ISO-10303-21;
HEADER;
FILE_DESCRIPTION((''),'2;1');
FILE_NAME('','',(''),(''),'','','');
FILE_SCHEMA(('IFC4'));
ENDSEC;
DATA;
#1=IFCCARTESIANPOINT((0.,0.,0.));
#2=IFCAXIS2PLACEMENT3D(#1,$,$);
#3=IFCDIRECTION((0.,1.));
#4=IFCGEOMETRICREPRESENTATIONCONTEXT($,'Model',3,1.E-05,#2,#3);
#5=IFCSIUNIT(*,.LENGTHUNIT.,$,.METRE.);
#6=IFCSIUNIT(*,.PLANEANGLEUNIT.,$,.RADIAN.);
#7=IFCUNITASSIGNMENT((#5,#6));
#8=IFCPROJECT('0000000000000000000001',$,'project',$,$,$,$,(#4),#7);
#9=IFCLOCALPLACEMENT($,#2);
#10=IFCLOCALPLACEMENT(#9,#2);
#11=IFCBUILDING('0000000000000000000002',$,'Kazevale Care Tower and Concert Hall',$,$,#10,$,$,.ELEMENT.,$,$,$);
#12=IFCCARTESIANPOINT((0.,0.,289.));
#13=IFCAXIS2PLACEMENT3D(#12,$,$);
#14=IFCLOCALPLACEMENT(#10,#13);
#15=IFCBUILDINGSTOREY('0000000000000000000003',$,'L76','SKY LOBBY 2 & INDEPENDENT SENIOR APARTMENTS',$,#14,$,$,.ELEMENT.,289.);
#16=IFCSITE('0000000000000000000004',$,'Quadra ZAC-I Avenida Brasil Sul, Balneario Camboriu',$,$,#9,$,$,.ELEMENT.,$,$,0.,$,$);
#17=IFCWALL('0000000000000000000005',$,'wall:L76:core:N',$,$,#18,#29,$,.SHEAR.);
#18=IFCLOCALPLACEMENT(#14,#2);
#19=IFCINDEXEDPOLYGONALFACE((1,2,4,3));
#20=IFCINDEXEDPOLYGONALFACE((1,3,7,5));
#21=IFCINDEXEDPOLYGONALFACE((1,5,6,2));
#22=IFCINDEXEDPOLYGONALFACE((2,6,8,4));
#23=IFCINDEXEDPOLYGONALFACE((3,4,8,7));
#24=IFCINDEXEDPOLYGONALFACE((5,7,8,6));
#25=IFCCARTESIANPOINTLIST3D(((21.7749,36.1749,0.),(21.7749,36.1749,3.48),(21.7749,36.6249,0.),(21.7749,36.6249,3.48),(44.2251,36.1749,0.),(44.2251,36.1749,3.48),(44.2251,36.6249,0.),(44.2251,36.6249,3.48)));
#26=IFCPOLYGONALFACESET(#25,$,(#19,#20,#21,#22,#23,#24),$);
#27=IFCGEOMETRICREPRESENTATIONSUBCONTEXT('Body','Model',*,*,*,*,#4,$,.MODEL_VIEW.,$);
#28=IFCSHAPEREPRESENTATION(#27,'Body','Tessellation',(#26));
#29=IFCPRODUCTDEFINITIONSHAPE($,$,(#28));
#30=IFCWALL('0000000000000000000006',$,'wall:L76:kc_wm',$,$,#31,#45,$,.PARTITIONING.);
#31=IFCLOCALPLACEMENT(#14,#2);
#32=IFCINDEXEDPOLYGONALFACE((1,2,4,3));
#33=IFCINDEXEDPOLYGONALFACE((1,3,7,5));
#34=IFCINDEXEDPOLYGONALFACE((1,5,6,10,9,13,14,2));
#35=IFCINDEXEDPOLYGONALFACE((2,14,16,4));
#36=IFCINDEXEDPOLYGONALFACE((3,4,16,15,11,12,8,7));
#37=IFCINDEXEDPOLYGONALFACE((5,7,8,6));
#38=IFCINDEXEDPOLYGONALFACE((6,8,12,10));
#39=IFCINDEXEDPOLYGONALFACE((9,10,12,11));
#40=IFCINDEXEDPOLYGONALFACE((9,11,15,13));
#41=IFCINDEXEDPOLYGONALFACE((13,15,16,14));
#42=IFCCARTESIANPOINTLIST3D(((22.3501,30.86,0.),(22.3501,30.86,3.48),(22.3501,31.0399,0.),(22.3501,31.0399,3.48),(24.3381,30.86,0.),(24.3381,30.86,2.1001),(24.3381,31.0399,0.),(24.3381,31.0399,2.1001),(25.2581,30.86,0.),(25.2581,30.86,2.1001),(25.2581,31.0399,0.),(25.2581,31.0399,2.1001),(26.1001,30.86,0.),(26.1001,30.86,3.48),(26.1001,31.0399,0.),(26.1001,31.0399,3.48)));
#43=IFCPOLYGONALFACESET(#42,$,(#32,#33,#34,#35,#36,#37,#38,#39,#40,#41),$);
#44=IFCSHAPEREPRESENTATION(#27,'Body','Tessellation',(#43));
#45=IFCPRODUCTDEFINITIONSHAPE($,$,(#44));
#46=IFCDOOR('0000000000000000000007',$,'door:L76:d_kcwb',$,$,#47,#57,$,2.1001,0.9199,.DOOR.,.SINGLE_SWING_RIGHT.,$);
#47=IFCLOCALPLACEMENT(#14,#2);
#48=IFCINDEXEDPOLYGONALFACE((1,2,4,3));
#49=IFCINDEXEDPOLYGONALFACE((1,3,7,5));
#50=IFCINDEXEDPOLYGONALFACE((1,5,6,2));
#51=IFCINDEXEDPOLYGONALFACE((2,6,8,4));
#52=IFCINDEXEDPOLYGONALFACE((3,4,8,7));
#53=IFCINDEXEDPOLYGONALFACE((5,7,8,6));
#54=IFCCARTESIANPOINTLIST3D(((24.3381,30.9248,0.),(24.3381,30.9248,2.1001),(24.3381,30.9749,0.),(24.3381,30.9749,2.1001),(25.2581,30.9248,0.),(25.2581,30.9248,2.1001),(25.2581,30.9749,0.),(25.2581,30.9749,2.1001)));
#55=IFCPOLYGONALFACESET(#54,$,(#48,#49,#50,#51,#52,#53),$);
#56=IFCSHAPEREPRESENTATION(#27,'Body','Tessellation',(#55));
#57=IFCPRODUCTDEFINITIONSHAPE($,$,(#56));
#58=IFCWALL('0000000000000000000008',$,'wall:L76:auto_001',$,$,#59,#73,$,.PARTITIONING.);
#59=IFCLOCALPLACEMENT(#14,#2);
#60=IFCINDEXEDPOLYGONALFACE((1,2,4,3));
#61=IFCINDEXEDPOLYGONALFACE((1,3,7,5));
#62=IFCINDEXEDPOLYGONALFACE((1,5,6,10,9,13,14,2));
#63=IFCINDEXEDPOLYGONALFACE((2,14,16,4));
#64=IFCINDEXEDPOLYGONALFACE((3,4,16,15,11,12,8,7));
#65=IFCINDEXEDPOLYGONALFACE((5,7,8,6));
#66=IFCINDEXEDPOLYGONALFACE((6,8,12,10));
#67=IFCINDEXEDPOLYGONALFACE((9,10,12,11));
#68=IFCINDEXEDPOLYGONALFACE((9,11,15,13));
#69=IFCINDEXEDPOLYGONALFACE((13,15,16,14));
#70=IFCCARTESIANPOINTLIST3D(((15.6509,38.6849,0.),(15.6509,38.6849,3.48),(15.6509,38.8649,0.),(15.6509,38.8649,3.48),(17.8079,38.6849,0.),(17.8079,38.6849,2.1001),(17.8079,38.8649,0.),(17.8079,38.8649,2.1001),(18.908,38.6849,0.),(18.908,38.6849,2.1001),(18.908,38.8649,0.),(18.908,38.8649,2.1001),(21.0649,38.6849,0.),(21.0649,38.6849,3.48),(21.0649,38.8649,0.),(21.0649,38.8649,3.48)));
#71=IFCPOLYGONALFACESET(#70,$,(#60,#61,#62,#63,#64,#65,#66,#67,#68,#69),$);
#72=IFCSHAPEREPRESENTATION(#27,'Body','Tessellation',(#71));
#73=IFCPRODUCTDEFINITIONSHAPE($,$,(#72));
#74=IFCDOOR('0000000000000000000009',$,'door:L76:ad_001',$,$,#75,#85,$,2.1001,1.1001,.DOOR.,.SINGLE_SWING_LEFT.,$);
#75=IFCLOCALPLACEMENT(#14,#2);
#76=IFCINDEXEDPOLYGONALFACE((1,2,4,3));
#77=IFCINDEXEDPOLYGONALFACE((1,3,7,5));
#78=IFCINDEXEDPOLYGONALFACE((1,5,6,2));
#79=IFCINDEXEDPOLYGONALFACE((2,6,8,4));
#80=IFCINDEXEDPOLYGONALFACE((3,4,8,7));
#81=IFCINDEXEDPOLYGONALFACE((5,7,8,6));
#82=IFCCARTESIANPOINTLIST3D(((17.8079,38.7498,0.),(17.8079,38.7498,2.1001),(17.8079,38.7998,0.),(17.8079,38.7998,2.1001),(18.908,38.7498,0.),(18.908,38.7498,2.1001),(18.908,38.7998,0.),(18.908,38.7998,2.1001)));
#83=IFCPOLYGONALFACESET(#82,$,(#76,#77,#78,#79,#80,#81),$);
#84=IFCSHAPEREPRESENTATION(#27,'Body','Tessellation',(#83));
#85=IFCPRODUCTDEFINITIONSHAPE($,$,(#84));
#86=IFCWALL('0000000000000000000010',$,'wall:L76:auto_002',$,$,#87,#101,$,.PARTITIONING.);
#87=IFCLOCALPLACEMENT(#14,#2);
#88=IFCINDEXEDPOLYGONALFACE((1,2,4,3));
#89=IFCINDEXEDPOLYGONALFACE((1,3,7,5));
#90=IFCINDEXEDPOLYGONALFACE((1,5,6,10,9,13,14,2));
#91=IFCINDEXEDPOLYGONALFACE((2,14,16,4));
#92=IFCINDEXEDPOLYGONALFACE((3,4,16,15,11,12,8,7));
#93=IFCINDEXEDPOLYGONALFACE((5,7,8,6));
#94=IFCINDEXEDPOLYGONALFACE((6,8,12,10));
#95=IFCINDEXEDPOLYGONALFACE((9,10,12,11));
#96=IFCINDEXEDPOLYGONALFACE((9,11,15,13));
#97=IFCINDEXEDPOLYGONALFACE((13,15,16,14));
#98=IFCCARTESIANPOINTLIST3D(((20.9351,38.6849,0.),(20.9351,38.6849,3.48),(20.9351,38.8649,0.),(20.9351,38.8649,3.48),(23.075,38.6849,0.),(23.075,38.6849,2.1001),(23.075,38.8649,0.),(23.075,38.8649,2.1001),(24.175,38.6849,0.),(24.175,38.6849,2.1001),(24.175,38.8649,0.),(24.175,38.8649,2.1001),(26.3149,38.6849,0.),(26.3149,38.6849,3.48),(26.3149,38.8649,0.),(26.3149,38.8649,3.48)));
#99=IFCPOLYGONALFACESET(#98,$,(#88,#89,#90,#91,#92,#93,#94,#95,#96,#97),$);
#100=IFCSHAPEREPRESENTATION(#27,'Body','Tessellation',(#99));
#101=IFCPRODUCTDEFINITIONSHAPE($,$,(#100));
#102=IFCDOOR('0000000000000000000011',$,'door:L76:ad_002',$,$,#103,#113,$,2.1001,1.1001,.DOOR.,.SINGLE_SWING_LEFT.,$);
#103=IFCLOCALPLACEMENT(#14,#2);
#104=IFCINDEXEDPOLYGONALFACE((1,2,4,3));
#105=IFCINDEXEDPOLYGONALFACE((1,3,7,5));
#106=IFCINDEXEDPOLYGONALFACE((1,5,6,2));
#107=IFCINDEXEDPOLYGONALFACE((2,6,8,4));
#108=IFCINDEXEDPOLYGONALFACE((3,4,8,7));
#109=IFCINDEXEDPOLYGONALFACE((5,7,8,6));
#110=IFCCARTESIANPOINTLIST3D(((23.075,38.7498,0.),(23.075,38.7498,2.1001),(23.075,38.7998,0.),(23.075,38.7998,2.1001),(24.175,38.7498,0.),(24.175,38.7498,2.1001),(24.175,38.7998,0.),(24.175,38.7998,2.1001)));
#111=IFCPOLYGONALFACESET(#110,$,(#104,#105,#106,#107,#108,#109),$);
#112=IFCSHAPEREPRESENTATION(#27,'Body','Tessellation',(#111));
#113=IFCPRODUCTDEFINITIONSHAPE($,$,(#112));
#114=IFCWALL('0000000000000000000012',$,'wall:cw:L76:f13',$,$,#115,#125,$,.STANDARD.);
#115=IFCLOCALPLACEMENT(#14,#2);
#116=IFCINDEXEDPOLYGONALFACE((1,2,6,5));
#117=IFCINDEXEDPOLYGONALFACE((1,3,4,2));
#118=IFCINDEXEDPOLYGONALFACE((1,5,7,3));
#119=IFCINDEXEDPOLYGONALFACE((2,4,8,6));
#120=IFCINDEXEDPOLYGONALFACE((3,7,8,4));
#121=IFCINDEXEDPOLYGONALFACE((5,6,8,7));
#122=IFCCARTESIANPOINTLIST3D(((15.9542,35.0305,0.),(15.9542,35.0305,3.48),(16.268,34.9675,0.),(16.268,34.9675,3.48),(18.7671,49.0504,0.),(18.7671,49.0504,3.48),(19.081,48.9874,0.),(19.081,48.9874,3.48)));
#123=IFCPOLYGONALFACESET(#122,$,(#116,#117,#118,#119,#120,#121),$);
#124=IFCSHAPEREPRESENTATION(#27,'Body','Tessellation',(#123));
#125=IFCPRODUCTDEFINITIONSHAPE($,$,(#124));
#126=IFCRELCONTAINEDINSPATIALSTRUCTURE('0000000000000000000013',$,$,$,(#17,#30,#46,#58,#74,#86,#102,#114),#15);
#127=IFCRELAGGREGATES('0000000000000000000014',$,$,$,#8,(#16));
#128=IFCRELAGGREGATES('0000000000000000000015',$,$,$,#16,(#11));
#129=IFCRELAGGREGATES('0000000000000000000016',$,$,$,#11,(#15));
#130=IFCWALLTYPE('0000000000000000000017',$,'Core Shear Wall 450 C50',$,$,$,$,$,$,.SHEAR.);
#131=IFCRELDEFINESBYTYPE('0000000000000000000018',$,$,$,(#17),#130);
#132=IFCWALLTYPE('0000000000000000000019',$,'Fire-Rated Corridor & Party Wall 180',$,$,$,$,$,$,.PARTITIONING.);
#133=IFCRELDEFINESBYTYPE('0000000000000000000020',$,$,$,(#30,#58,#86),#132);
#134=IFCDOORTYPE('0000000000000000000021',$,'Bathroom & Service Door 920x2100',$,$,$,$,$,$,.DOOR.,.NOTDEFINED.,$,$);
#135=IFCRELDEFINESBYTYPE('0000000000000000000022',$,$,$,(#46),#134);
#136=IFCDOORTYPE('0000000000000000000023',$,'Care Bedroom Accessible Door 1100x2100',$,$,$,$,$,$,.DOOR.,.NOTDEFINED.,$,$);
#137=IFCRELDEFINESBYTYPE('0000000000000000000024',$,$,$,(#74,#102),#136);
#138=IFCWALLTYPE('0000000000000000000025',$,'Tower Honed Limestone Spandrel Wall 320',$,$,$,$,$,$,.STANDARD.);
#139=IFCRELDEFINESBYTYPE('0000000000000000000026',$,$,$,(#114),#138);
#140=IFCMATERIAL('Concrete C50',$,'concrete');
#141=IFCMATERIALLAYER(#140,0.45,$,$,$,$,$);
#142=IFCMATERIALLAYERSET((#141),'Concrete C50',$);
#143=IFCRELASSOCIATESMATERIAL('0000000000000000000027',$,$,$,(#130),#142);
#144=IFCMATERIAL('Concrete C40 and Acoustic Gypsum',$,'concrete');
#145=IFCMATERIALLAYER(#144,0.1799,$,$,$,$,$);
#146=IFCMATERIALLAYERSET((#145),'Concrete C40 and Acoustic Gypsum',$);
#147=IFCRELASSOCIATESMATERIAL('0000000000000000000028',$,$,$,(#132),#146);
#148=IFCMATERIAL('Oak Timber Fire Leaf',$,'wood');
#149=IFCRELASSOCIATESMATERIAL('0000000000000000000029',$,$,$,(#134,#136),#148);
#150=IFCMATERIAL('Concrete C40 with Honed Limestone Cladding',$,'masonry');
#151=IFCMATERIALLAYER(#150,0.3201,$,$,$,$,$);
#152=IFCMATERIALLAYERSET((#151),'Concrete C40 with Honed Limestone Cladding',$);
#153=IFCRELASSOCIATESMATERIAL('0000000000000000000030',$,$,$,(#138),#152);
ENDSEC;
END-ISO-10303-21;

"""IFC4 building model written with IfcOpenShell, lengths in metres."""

from ifc_helpers import new_model, si_unit, direction, frame, frame_2d, origin, place, context, subcontext, project, spatial, rectangle, extrude, material, layer, layer_set, type_object, element, fill, save


model = new_model("IFC4")

# Units and contexts
model_context = context("Model", 3, precision=1e-05, world=origin(), true_north=direction((0.0, 1.0)))
body_context = subcontext(model_context, "Body", "Model", "MODEL_VIEW")
ifc_project = project(units=[si_unit("LENGTHUNIT", "METRE"), si_unit("PLANEANGLEUNIT", "RADIAN")], contexts=[model_context])

# Site, building, storey
site_placement = place(None, origin())
site = spatial("IfcSite", under=ifc_project, at=site_placement, Name="Quadra ZAC-I Avenida Brasil Sul, Balneario Camboriu", CompositionType="ELEMENT", RefElevation=0.0)
building_placement = place(site_placement, origin())
building = spatial("IfcBuilding", under=site, at=building_placement, Name="Kazevale Care Tower and Concert Hall", CompositionType="ELEMENT")
storey_placement = place(building_placement, frame((0.0, 0.0, 289.0)))
storey = spatial("IfcBuildingStorey", under=building, at=storey_placement, Name="L76", Description="SKY LOBBY 2 & INDEPENDENT SENIOR APARTMENTS", CompositionType="ELEMENT", Elevation=289.0)

# Shared definitions
ifc_material_1 = material(Name="Concrete C50", Category="concrete")

# Wall
ifc_layer_1 = layer(ifc_material_1, 0.45)
ifc_layer_set_1 = layer_set([ifc_layer_1], Name="Concrete C50")
wall_type_1 = type_object("IfcWallType", Name="Core Shear Wall 450 C50", PredefinedType="SHEAR", material=ifc_layer_set_1)
wall_1_placement = place(storey_placement, frame((21.7749, 36.3999, 0.0), z_axis=(0.0, 0.0, 1.0), x_axis=(1.0, 0.0, 0.0)))
element("IfcWall", 1, at=wall_1_placement, inside=storey, type_object=wall_type_1, Name="wall:L76:core:N", PredefinedType="SHEAR", context=body_context, shape_type="SweptSolid", body=[
    extrude(rectangle(XDim=22.4502, YDim=0.45, at=frame_2d((11.2251, 0.0))), origin(), (0.0, 0.0, 1.0), 3.48),
])

# Walls, openings, doors
ifc_material_2 = material(Name="Concrete C40 and Acoustic Gypsum", Category="concrete")
ifc_layer_2 = layer(ifc_material_2, 0.1799)
ifc_layer_set_2 = layer_set([ifc_layer_2], Name="Concrete C40 and Acoustic Gypsum")
wall_type_2 = type_object("IfcWallType", Name="Fire-Rated Corridor & Party Wall 180", PredefinedType="PARTITIONING", material=ifc_layer_set_2)
wall_2_placement = place(storey_placement, frame((22.3501, 30.95, 0.0), z_axis=(0.0, 0.0, 1.0), x_axis=(1.0, 0.0, 0.0)))
wall_2 = element("IfcWall", 2, at=wall_2_placement, inside=storey, type_object=wall_type_2, Name="wall:L76:kc_wm", PredefinedType="PARTITIONING", context=body_context, shape_type="SweptSolid", body=[
    extrude(rectangle(XDim=3.75, YDim=0.1799, at=frame_2d((1.875, 0.0))), origin(), (0.0, 0.0, 1.0), 3.48),
])
opening_1_placement = place(wall_2_placement, frame((1.988, 0.0, 0.0)))
opening_1 = element("IfcOpeningElement", 3, at=opening_1_placement, cuts=wall_2, PredefinedType="OPENING", context=body_context, shape_type="SweptSolid", body=[
    extrude(rectangle(XDim=0.9199, YDim=2.1001, at=frame_2d((0.46, 1.05))), frame((0.0, 0.0999, 0.0), z_axis=(0.0, -1.0, 0.0), x_axis=(1.0, 0.0, 0.0)), (0.0, 0.0, 1.0), 0.2),
])
ifc_material_3 = material(Name="Oak Timber Fire Leaf", Category="wood")
door_type_1 = type_object("IfcDoorType", Name="Bathroom & Service Door 920x2100", OperationType="NOTDEFINED", PredefinedType="DOOR", material=ifc_material_3)
door_1_placement = place(opening_1_placement, origin())
door_1 = element("IfcDoor", 4, at=door_1_placement, inside=storey, type_object=door_type_1, Name="door:L76:d_kcwb", OperationType="SINGLE_SWING_RIGHT", OverallHeight=2.1001, OverallWidth=0.9199, PredefinedType="DOOR", context=body_context, shape_type="SweptSolid", body=[
    extrude(rectangle(XDim=0.9199, YDim=2.1001, at=frame_2d((0.46, 1.05))), frame((0.0, 0.0249, 0.0), z_axis=(0.0, -1.0, 0.0), x_axis=(1.0, 0.0, 0.0)), (0.0, 0.0, 1.0), 0.05),
])
fill(opening_1, door_1)
wall_3_placement = place(storey_placement, frame((15.6509, 38.7749, 0.0), z_axis=(0.0, 0.0, 1.0), x_axis=(1.0, 0.0, 0.0)))
wall_3 = element("IfcWall", 5, at=wall_3_placement, inside=storey, type_object=wall_type_2, Name="wall:L76:auto_001", PredefinedType="PARTITIONING", context=body_context, shape_type="SweptSolid", body=[
    extrude(rectangle(XDim=5.4141, YDim=0.1799, at=frame_2d((2.707, 0.0))), origin(), (0.0, 0.0, 1.0), 3.48),
])
opening_2_placement = place(wall_3_placement, frame((2.157, 0.0, 0.0)))
opening_2 = element("IfcOpeningElement", 6, at=opening_2_placement, cuts=wall_3, PredefinedType="OPENING", context=body_context, shape_type="SweptSolid", body=[
    extrude(rectangle(XDim=1.1001, YDim=2.1001, at=frame_2d((0.55, 1.05))), frame((0.0, 0.0999, 0.0), z_axis=(0.0, -1.0, 0.0), x_axis=(1.0, 0.0, 0.0)), (0.0, 0.0, 1.0), 0.2),
])
door_type_2 = type_object("IfcDoorType", Name="Care Bedroom Accessible Door 1100x2100", OperationType="NOTDEFINED", PredefinedType="DOOR", material=ifc_material_3)
door_2_placement = place(opening_2_placement, origin())
door_2 = element("IfcDoor", 7, at=door_2_placement, inside=storey, type_object=door_type_2, Name="door:L76:ad_001", OperationType="SINGLE_SWING_LEFT", OverallHeight=2.1001, OverallWidth=1.1001, PredefinedType="DOOR", context=body_context, shape_type="SweptSolid", body=[
    extrude(rectangle(XDim=1.1001, YDim=2.1001, at=frame_2d((0.55, 1.05))), frame((0.0, 0.0249, 0.0), z_axis=(0.0, -1.0, 0.0), x_axis=(1.0, 0.0, 0.0)), (0.0, 0.0, 1.0), 0.05),
])
fill(opening_2, door_2)
wall_4_placement = place(storey_placement, frame((20.9351, 38.7749, 0.0), z_axis=(0.0, 0.0, 1.0), x_axis=(1.0, 0.0, 0.0)))
wall_4 = element("IfcWall", 8, at=wall_4_placement, inside=storey, type_object=wall_type_2, Name="wall:L76:auto_002", PredefinedType="PARTITIONING", context=body_context, shape_type="SweptSolid", body=[
    extrude(rectangle(XDim=5.3799, YDim=0.1799, at=frame_2d((2.6899, 0.0))), origin(), (0.0, 0.0, 1.0), 3.48),
])
opening_3_placement = place(wall_4_placement, frame((2.1399, 0.0, 0.0)))
opening_3 = element("IfcOpeningElement", 9, at=opening_3_placement, cuts=wall_4, PredefinedType="OPENING", context=body_context, shape_type="SweptSolid", body=[
    extrude(rectangle(XDim=1.1001, YDim=2.1001, at=frame_2d((0.55, 1.05))), frame((0.0, 0.0999, 0.0), z_axis=(0.0, -1.0, 0.0), x_axis=(1.0, 0.0, 0.0)), (0.0, 0.0, 1.0), 0.2),
])
door_3_placement = place(opening_3_placement, origin())
door_3 = element("IfcDoor", 10, at=door_3_placement, inside=storey, type_object=door_type_2, Name="door:L76:ad_002", OperationType="SINGLE_SWING_LEFT", OverallHeight=2.1001, OverallWidth=1.1001, PredefinedType="DOOR", context=body_context, shape_type="SweptSolid", body=[
    extrude(rectangle(XDim=1.1001, YDim=2.1001, at=frame_2d((0.55, 1.05))), frame((0.0, 0.0249, 0.0), z_axis=(0.0, -1.0, 0.0), x_axis=(1.0, 0.0, 0.0)), (0.0, 0.0, 1.0), 0.05),
])
fill(opening_3, door_3)

# Wall
ifc_material_4 = material(Name="Concrete C40 with Honed Limestone Cladding", Category="masonry")
ifc_layer_3 = layer(ifc_material_4, 0.3201)
ifc_layer_set_3 = layer_set([ifc_layer_3], Name="Concrete C40 with Honed Limestone Cladding")
wall_type_3 = type_object("IfcWallType", Name="Tower Honed Limestone Spandrel Wall 320", PredefinedType="STANDARD", material=ifc_layer_set_3)
wall_5_placement = place(storey_placement, frame((16.1111, 34.999, 0.0), z_axis=(0.0, 0.0, 1.0), x_axis=(0.19672, 0.98046, 0.0)))
element("IfcWall", 11, at=wall_5_placement, inside=storey, type_object=wall_type_3, Name="wall:cw:L76:f13", PredefinedType="STANDARD", context=body_context, shape_type="SweptSolid", body=[
    extrude(rectangle(XDim=14.2993, YDim=0.3201, at=frame_2d((7.1497, 0.0))), origin(), (0.0, 0.0, 1.0), 3.48),
])

save(model, "model.ifc")
